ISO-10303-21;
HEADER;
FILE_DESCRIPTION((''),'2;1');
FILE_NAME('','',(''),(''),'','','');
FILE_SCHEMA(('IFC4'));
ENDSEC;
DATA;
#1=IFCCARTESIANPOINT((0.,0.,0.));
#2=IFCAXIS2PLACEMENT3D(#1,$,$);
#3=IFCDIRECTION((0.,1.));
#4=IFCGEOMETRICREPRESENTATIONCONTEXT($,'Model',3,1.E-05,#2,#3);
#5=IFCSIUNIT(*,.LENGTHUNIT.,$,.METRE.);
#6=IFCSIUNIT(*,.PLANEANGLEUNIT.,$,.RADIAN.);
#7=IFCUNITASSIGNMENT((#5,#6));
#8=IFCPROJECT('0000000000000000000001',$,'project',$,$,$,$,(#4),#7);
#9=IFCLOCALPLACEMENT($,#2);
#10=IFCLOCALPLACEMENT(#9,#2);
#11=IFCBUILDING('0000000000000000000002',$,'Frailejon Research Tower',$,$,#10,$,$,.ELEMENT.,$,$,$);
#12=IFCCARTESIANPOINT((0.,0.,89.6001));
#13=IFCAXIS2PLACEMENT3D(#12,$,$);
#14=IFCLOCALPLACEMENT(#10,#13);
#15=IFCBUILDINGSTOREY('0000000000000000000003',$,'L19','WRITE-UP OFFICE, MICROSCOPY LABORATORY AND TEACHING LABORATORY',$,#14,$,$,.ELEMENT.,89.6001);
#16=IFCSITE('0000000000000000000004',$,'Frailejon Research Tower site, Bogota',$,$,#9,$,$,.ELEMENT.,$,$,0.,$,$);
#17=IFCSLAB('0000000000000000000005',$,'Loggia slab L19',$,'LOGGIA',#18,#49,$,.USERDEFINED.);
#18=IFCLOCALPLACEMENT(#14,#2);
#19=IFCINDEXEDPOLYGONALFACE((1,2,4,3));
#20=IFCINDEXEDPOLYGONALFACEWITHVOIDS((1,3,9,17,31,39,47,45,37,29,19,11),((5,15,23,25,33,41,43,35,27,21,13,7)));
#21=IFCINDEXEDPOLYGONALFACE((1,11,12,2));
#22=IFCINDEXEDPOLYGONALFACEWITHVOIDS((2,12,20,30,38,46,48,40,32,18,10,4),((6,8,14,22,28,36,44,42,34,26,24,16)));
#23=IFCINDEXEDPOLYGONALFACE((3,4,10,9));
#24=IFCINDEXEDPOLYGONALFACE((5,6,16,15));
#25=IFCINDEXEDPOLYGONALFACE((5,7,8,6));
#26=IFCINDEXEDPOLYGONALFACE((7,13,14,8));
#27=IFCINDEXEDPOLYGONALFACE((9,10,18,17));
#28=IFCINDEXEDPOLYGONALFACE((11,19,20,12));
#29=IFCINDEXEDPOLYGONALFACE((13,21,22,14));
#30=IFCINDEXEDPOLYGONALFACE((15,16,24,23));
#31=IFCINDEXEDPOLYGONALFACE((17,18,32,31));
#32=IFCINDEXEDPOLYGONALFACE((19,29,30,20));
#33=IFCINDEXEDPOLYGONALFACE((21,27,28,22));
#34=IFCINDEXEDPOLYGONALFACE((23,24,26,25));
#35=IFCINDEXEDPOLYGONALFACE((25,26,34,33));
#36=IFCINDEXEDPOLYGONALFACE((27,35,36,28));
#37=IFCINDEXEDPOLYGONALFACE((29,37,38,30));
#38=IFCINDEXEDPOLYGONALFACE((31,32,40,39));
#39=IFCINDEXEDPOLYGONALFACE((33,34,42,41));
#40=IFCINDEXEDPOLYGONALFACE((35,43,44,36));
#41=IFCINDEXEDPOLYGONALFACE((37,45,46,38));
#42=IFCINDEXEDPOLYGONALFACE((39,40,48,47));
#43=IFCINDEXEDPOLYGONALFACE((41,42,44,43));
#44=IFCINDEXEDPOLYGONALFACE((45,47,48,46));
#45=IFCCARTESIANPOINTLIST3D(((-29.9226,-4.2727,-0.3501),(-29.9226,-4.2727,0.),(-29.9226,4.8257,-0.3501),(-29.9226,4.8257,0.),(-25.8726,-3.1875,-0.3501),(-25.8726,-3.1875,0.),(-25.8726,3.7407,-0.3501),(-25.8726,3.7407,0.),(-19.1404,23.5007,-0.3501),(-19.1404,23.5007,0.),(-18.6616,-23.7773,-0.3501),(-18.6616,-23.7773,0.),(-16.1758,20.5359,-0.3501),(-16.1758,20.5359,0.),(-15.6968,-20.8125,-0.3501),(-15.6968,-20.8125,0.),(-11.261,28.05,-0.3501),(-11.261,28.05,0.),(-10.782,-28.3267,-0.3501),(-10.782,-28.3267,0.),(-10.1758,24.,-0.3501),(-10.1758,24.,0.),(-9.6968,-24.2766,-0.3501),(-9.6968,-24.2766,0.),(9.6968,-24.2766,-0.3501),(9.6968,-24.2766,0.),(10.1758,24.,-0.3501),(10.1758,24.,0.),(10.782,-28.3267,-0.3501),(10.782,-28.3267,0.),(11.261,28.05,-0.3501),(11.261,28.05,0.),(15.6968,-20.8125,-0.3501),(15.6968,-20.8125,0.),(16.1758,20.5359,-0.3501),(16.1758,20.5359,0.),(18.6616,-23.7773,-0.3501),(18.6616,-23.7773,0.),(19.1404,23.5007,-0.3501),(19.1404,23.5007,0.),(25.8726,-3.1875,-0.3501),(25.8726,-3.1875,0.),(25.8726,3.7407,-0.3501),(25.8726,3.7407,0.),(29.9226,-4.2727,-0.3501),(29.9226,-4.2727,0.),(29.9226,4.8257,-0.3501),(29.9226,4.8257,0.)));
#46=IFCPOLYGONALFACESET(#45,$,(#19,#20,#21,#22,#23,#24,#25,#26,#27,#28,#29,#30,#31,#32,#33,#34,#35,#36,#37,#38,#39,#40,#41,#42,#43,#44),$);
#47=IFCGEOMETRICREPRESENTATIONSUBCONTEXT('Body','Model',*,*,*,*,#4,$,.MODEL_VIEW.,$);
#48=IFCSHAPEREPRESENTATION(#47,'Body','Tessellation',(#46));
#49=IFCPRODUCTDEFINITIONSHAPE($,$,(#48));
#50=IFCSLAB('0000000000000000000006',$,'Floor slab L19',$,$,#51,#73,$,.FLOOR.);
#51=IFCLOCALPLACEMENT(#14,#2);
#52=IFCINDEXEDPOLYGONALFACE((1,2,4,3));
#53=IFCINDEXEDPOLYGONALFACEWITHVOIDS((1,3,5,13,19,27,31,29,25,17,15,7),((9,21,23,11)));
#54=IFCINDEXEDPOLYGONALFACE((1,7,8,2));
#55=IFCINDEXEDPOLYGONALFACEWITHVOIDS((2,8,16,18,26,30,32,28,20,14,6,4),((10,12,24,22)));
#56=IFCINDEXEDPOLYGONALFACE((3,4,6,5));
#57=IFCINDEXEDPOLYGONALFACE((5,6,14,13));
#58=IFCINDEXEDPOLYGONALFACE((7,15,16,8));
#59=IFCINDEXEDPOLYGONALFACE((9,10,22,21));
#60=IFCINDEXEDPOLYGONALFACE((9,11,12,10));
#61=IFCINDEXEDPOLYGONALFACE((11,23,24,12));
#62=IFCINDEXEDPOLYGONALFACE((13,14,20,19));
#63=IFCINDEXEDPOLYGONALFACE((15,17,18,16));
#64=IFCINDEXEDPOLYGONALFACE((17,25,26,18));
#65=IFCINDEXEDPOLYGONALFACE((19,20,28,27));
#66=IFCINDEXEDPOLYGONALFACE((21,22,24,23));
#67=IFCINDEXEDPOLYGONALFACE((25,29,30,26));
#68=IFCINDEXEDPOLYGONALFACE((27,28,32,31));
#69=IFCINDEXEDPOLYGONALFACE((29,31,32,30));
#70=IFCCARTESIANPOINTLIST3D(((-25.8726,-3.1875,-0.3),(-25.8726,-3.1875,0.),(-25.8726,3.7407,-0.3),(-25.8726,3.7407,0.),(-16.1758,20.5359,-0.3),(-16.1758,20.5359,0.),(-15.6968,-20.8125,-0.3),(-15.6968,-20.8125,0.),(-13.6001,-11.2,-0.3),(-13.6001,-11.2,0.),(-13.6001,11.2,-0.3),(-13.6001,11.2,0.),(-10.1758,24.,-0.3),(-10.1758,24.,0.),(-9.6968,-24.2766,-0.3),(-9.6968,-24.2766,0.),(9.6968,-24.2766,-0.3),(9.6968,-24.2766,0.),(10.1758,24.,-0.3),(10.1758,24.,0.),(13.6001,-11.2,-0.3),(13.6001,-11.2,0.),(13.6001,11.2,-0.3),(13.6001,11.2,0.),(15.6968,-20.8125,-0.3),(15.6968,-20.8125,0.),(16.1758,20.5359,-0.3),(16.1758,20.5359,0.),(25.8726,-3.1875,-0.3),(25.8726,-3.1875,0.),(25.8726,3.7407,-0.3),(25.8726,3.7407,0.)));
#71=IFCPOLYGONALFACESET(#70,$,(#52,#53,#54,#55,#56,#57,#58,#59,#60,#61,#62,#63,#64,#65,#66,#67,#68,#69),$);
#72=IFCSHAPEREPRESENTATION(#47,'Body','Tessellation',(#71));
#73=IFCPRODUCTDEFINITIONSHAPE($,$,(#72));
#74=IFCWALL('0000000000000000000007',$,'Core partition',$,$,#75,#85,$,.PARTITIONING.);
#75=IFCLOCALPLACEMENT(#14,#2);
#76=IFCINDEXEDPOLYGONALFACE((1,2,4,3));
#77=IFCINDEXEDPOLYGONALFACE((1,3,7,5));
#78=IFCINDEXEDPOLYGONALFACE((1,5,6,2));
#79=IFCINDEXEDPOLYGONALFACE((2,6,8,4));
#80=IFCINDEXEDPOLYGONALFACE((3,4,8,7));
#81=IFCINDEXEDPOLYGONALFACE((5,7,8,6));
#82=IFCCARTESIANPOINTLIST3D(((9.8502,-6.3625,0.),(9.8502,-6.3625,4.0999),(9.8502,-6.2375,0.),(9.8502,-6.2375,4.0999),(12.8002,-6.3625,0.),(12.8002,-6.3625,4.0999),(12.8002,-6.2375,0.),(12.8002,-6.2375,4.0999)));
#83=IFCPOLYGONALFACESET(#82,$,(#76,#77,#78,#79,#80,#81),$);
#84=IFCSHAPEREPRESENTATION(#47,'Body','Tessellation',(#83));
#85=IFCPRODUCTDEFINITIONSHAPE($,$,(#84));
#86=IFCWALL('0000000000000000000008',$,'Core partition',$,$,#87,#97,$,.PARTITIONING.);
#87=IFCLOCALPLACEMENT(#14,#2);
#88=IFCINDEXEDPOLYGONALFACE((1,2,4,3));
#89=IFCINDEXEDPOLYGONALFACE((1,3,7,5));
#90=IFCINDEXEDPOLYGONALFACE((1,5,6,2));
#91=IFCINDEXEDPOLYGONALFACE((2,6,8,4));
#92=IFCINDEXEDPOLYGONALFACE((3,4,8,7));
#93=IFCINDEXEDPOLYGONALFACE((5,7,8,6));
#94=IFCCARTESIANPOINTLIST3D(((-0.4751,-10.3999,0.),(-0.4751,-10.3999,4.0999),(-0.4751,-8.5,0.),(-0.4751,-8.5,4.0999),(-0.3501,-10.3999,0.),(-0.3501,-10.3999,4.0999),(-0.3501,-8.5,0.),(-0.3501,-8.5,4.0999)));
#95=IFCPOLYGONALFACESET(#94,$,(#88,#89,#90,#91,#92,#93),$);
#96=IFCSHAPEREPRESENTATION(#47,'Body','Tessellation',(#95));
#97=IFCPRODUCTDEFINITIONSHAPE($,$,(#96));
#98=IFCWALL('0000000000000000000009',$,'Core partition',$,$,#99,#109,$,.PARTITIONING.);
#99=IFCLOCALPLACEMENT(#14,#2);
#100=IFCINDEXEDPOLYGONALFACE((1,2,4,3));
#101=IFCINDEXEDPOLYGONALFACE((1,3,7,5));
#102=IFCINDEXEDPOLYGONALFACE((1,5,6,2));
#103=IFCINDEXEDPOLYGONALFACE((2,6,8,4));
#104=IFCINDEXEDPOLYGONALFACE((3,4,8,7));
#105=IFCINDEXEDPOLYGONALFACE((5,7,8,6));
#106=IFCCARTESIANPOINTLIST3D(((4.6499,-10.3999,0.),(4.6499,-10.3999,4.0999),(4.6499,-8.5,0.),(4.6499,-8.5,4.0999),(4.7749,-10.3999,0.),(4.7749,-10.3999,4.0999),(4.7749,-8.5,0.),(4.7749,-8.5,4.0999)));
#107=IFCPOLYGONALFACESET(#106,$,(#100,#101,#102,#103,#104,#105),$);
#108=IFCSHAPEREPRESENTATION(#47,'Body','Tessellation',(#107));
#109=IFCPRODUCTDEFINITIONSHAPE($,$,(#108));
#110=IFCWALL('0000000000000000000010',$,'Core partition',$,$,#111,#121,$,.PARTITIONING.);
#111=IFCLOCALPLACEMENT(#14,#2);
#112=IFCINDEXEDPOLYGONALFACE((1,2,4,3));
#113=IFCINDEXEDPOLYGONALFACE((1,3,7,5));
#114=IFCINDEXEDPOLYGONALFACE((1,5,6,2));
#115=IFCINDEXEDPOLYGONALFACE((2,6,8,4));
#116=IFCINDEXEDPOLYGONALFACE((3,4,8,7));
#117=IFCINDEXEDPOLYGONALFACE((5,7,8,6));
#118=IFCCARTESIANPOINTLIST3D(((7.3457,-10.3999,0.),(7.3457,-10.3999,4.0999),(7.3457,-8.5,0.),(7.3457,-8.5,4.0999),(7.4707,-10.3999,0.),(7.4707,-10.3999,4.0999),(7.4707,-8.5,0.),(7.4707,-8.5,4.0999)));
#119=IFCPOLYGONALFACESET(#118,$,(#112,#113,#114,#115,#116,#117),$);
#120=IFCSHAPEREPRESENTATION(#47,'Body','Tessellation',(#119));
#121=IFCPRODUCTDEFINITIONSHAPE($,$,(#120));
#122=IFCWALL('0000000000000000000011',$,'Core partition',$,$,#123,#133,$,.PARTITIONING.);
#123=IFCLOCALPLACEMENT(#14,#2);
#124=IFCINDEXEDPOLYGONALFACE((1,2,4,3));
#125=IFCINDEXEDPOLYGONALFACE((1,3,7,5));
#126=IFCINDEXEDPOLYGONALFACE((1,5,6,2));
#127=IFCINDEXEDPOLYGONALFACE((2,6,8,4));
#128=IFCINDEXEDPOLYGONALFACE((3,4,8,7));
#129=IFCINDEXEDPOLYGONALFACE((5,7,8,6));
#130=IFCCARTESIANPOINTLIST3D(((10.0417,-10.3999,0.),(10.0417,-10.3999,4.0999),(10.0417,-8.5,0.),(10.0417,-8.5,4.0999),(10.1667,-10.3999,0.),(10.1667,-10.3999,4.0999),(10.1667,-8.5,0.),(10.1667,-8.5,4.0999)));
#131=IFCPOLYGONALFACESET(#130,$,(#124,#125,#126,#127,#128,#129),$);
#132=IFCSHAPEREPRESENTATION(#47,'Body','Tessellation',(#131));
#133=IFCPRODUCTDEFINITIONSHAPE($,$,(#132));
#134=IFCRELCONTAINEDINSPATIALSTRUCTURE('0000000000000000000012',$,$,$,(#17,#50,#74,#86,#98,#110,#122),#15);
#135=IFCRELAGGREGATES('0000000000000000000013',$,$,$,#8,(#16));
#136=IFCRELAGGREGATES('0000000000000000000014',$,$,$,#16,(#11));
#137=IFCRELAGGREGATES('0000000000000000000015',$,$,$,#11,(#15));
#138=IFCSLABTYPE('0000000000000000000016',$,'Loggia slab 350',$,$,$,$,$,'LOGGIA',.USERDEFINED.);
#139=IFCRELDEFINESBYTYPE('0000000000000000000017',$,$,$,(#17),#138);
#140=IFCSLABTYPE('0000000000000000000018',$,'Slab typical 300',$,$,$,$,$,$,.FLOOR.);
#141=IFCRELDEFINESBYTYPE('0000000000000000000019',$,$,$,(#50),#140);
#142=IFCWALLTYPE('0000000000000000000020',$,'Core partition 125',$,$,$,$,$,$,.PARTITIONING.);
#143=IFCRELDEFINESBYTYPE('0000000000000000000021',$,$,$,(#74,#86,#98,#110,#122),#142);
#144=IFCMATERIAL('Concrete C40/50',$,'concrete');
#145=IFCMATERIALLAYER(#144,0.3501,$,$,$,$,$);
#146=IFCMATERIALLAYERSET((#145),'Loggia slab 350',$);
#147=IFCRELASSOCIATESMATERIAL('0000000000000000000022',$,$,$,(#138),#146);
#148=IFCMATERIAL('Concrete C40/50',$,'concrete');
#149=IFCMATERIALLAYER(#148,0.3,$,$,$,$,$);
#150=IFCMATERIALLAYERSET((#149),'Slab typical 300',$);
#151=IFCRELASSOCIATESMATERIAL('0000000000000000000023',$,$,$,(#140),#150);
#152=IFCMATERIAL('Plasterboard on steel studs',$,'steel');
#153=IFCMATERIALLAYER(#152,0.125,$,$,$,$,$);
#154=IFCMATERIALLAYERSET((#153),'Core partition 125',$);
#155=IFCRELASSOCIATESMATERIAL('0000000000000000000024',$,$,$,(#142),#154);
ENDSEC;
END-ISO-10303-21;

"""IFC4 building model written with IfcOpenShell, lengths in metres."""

from ifc_helpers import new_model, si_unit, direction, frame, frame_2d, origin, place, context, subcontext, project, spatial, polyline, rectangle, outline, extrude, material, layer, layer_set, type_object, element, save


model = new_model("IFC4")

# Units and contexts
model_context = context("Model", 3, precision=1e-05, world=origin(), true_north=direction((0.0, 1.0)))
body_context = subcontext(model_context, "Body", "Model", "MODEL_VIEW")
ifc_project = project(units=[si_unit("LENGTHUNIT", "METRE"), si_unit("PLANEANGLEUNIT", "RADIAN")], contexts=[model_context])

# Site, building, storey
site_placement = place(None, origin())
site = spatial("IfcSite", under=ifc_project, at=site_placement, Name="Frailejon Research Tower site, Bogota", CompositionType="ELEMENT", RefElevation=0.0)
building_placement = place(site_placement, origin())
building = spatial("IfcBuilding", under=site, at=building_placement, Name="Frailejon Research Tower", CompositionType="ELEMENT")
storey_placement = place(building_placement, frame((0.0, 0.0, 89.6001)))
storey = spatial("IfcBuildingStorey", under=building, at=storey_placement, Name="L19", Description="WRITE-UP OFFICE, MICROSCOPY LABORATORY AND TEACHING LABORATORY", CompositionType="ELEMENT", Elevation=89.6001)

# Slabs
ifc_material_1 = material(Name="Concrete C40/50", Category="concrete")
ifc_layer_1 = layer(ifc_material_1, 0.3501)
ifc_layer_set_1 = layer_set([ifc_layer_1], Name="Loggia slab 350")
slab_type_1 = type_object("IfcSlabType", Name="Loggia slab 350", ElementType="LOGGIA", PredefinedType="USERDEFINED", material=ifc_layer_set_1)
slab_1_placement = place(storey_placement, frame((0.0, 0.0, -0.3501)))
element("IfcSlab", 1, at=slab_1_placement, inside=storey, type_object=slab_type_1, Name="Loggia slab L19", ObjectType="LOGGIA", PredefinedType="USERDEFINED", context=body_context, shape_type="SweptSolid", body=[
    extrude(outline(polyline([(18.6616, -23.7773), (10.782, -28.3267), (-10.782, -28.3267), (-18.6616, -23.7773), (-29.9226, -4.2727), (-29.9226, 4.8257), (-19.1404, 23.5007), (-11.261, 28.05), (11.261, 28.05), (19.1404, 23.5007), (29.9226, 4.8257), (29.9226, -4.2727), (18.6616, -23.7773)]), holes=[polyline([(25.8726, 3.7407), (16.1758, 20.5359), (10.1758, 24.0), (-10.1758, 24.0), (-16.1758, 20.5359), (-25.8726, 3.7407), (-25.8726, -3.1875), (-15.6968, -20.8125), (-9.6968, -24.2766), (9.6968, -24.2766), (15.6968, -20.8125), (25.8726, -3.1875), (25.8726, 3.7407)])]), origin(), (0.0, 0.0, 1.0), 0.3501),
])
ifc_material_2 = material(Name="Concrete C40/50", Category="concrete")
ifc_layer_2 = layer(ifc_material_2, 0.3)
ifc_layer_set_2 = layer_set([ifc_layer_2], Name="Slab typical 300")
slab_type_2 = type_object("IfcSlabType", Name="Slab typical 300", PredefinedType="FLOOR", material=ifc_layer_set_2)
slab_2_placement = place(storey_placement, frame((0.0, 0.0, -0.3)))
element("IfcSlab", 2, at=slab_2_placement, inside=storey, type_object=slab_type_2, Name="Floor slab L19", PredefinedType="FLOOR", context=body_context, shape_type="SweptSolid", body=[
    extrude(outline(polyline([(25.8726, -3.1875), (25.8726, 3.7407), (16.1758, 20.5359), (10.1758, 24.0), (-10.1758, 24.0), (-16.1758, 20.5359), (-25.8726, 3.7407), (-25.8726, -3.1875), (-15.6968, -20.8125), (-9.6968, -24.2766), (9.6968, -24.2766), (15.6968, -20.8125), (25.8726, -3.1875)]), holes=[polyline([(13.6001, -11.2), (-13.6001, -11.2), (-13.6001, 11.2), (13.6001, 11.2), (13.6001, -11.2)])]), origin(), (0.0, 0.0, 1.0), 0.3),
])

# Walls
ifc_material_3 = material(Name="Plasterboard on steel studs", Category="steel")
ifc_layer_3 = layer(ifc_material_3, 0.125)
ifc_layer_set_3 = layer_set([ifc_layer_3], Name="Core partition 125")
wall_type_1 = type_object("IfcWallType", Name="Core partition 125", PredefinedType="PARTITIONING", material=ifc_layer_set_3)
wall_1_placement = place(storey_placement, frame((9.8501, -6.3, 0.0), z_axis=(0.0, 0.0, 1.0), x_axis=(1.0, 0.0, 0.0)))
element("IfcWall", 3, at=wall_1_placement, inside=storey, type_object=wall_type_1, Name="Core partition", PredefinedType="PARTITIONING", context=body_context, shape_type="SweptSolid", body=[
    extrude(rectangle(XDim=2.95, YDim=0.125, at=frame_2d((1.4751, 0.0))), origin(), (0.0, 0.0, 1.0), 4.0999),
])
for number, where, z_axis, x_axis, name in (
    (4, (-0.4126, -10.3999, 0.0), (0.0, 0.0, 1.0), (0.0, 1.0, 0.0), "Core partition"),
    (5, (4.7124, -10.3999, 0.0), (0.0, 0.0, 1.0), (0.0, 1.0, 0.0), "Core partition"),
    (6, (7.4082, -10.3999, 0.0), (0.0, 0.0, 1.0), (0.0, 1.0, 0.0), "Core partition"),
    (7, (10.1042, -10.3999, 0.0), (0.0, 0.0, 1.0), (0.0, 1.0, 0.0), "Core partition"),
):
    element("IfcWall", number, at=place(storey_placement, frame(where, z_axis=z_axis, x_axis=x_axis)), inside=storey, type_object=wall_type_1, Name=name, PredefinedType="PARTITIONING", context=body_context, shape_type="SweptSolid", body=[
        extrude(rectangle(XDim=1.8999, YDim=0.125, at=frame_2d((0.95, 0.0))), origin(), (0.0, 0.0, 1.0), 4.0999),
    ])

save(model, "model.ifc")
